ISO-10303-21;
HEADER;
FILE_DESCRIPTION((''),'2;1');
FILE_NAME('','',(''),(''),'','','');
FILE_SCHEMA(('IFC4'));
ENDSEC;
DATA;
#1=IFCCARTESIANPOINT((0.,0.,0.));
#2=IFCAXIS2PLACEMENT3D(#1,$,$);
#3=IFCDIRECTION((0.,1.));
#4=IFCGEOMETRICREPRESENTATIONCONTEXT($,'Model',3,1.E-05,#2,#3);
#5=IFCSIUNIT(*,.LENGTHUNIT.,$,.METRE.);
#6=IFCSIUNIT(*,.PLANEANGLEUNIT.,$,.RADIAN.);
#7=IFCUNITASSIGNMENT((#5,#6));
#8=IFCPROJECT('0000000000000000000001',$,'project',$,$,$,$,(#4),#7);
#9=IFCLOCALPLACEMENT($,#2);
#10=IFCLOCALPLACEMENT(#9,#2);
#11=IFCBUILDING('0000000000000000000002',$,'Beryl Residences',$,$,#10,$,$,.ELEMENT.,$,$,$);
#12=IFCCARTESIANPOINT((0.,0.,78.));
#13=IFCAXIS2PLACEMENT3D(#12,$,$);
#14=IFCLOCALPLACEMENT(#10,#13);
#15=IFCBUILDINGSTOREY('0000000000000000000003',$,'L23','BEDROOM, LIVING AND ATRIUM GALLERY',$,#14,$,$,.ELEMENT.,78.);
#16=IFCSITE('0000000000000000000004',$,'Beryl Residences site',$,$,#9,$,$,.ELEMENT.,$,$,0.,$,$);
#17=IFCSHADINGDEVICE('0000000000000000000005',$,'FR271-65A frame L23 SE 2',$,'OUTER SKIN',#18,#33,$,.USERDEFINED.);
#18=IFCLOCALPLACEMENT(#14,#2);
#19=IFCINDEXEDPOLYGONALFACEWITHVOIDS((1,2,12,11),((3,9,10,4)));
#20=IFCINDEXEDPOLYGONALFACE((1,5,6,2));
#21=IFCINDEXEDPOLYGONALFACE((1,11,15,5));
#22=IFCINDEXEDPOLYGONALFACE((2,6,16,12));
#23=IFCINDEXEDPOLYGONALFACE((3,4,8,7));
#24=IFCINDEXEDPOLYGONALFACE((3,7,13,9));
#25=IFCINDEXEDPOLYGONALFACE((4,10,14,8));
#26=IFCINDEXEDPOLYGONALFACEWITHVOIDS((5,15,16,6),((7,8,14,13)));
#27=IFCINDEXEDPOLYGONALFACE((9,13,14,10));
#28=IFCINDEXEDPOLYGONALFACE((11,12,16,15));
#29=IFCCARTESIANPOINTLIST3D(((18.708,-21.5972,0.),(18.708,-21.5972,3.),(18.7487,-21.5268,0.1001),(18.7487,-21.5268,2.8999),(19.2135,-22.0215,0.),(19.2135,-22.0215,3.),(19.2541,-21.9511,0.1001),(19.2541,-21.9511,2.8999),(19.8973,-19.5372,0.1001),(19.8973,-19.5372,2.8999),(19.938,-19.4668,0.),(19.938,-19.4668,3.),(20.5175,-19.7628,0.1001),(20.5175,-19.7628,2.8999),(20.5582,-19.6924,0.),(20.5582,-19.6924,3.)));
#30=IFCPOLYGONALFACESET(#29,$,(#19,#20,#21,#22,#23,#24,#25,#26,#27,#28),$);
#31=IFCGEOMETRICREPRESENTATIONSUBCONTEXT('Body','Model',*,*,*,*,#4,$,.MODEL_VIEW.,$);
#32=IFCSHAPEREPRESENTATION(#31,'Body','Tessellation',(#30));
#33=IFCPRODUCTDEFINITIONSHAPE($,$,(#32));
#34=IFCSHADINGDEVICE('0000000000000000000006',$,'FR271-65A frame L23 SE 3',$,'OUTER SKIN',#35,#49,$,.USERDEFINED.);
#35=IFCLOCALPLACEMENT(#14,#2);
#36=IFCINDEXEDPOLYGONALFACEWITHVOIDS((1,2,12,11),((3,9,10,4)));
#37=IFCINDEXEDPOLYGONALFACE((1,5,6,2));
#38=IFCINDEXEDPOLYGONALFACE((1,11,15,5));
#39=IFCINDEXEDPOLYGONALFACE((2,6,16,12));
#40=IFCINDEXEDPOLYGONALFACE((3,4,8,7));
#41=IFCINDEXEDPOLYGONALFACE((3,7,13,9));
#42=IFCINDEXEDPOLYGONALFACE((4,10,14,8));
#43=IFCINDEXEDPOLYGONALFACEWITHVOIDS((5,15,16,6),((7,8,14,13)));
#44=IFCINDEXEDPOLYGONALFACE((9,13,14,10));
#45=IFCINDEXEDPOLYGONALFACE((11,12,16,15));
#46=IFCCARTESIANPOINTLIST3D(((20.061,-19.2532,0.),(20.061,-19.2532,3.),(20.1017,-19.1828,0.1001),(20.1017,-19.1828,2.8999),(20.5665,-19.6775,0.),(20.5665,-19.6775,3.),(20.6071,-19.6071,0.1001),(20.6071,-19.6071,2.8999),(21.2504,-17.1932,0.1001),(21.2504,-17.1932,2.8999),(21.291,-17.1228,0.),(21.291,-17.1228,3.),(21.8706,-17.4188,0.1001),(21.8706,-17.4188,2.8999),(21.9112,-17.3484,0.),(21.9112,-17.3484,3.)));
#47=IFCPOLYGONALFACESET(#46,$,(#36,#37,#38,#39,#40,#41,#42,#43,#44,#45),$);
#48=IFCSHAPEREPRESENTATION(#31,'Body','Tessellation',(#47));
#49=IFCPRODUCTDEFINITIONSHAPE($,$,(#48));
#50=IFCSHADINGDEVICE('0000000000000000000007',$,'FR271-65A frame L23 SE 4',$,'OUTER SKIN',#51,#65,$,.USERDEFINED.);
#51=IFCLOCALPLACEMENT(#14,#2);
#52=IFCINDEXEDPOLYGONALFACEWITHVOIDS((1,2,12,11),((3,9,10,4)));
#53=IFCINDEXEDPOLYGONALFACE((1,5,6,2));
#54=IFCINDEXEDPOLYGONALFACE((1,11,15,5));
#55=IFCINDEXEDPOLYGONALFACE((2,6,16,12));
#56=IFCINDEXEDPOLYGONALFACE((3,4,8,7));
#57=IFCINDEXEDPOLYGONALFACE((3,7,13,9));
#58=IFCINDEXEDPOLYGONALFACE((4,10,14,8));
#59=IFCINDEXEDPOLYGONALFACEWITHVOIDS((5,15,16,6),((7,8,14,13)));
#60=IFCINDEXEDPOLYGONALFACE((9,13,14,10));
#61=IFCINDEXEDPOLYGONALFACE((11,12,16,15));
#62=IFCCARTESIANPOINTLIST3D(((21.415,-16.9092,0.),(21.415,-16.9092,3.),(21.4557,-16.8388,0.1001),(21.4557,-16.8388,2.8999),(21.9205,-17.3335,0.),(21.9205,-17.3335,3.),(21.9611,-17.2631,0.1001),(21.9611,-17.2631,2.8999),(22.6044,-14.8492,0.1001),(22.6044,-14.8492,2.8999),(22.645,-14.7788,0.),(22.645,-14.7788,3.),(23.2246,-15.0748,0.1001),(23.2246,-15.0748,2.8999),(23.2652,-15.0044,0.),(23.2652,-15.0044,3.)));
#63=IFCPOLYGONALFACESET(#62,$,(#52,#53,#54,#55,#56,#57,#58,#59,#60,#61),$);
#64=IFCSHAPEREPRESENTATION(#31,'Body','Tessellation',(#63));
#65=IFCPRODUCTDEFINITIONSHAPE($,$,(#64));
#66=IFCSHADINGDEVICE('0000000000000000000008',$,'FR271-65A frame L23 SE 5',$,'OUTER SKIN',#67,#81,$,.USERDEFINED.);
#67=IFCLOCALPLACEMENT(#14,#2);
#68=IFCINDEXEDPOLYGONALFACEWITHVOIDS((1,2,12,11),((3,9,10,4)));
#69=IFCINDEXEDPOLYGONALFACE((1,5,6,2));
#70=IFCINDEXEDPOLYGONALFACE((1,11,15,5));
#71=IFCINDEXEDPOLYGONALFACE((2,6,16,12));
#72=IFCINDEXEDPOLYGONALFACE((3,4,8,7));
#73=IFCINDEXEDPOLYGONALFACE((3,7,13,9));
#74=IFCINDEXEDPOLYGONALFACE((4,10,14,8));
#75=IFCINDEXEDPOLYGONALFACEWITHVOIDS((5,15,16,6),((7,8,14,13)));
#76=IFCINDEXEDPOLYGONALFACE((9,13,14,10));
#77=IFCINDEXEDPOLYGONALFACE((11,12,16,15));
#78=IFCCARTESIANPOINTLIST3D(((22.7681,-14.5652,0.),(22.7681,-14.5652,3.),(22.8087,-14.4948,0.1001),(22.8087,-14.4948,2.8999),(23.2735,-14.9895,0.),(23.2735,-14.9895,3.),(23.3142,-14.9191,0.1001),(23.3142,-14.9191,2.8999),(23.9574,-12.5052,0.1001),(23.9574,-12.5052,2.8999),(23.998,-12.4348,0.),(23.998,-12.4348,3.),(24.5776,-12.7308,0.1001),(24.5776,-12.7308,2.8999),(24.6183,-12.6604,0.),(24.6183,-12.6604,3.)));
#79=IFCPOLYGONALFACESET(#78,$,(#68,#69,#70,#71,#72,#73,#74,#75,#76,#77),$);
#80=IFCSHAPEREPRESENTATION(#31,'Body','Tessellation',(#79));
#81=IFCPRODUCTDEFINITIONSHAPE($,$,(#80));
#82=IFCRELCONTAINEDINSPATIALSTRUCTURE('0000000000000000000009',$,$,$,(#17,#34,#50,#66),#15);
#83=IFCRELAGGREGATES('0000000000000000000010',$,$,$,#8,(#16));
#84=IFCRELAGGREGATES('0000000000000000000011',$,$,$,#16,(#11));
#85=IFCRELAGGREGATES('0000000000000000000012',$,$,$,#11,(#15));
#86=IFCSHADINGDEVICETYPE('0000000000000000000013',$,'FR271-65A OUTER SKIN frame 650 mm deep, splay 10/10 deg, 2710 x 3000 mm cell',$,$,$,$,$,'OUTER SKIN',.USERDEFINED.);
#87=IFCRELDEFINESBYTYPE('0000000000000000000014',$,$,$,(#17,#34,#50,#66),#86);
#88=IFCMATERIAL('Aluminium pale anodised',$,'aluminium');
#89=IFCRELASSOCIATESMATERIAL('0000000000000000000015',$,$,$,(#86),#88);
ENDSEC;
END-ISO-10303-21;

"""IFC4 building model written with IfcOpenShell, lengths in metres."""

from ifc_helpers import new_model, entity, si_unit, direction, frame, origin, place, context, subcontext, project, spatial, source, transform, mapped, material, type_object, type_shapes, element, save


model = new_model("IFC4")

# Units and contexts
model_context = context("Model", 3, precision=1e-05, world=origin(), true_north=direction((0.0, 1.0)))
body_context = subcontext(model_context, "Body", "Model", "MODEL_VIEW")
ifc_project = project(units=[si_unit("LENGTHUNIT", "METRE"), si_unit("PLANEANGLEUNIT", "RADIAN")], contexts=[model_context])

# Site, building, storey
site_placement = place(None, origin())
site = spatial("IfcSite", under=ifc_project, at=site_placement, Name="Beryl Residences site", CompositionType="ELEMENT", RefElevation=0.0)
building_placement = place(site_placement, origin())
building = spatial("IfcBuilding", under=site, at=building_placement, Name="Beryl Residences", CompositionType="ELEMENT")
storey_placement = place(building_placement, frame((0.0, 0.0, 78.0)))
storey = spatial("IfcBuildingStorey", under=building, at=storey_placement, Name="L23", Description="BEDROOM, LIVING AND ATRIUM GALLERY", CompositionType="ELEMENT", Elevation=78.0)

# Shading devices
ifc_material_1 = material(Name="Aluminium pale anodised", Category="aluminium")
shading_device_type_1 = type_object("IfcShadingDeviceType", Name="FR271-65A OUTER SKIN frame 650 mm deep, splay 10/10 deg, 2710 x 3000 mm cell", ElementType="OUTER SKIN", PredefinedType="USERDEFINED", material=ifc_material_1)
cartesian_point_1 = entity("IfcCartesianPoint", [-1.23, 0.0])
cartesian_point_2 = entity("IfcCartesianPoint", [-1.1487, 0.1001])
cartesian_point_3 = entity("IfcCartesianPoint", [-1.3447, 0.0])
cartesian_point_4 = entity("IfcCartesianPoint", [-1.2634, 0.1001])
shared_shape_1 = source(origin(), body_context, "Body", "SweptSolid", [
    entity("IfcExtrudedAreaSolidTapered", entity("IfcArbitraryProfileDefWithVoids", "AREA", None, entity("IfcPolyline", [cartesian_point_1, entity("IfcCartesianPoint", [1.23, 0.0]), entity("IfcCartesianPoint", [1.23, 3.0]), entity("IfcCartesianPoint", [-1.23, 3.0]), cartesian_point_1]), [entity("IfcPolyline", [cartesian_point_2, entity("IfcCartesianPoint", [1.1487, 0.1001]), entity("IfcCartesianPoint", [1.1487, 2.8999]), entity("IfcCartesianPoint", [-1.1487, 2.8999]), cartesian_point_2])]), entity("IfcAxis2Placement3D", entity("IfcCartesianPoint", [0.0, 0.0, 0.0]), entity("IfcDirection", [0.0, 1.0, 0.0]), entity("IfcDirection", [-1.0, 0.0, 0.0])), entity("IfcDirection", [0.0, 0.0, 1.0]), 0.6499, entity("IfcArbitraryProfileDefWithVoids", "AREA", None, entity("IfcPolyline", [cartesian_point_3, entity("IfcCartesianPoint", [1.3447, 0.0]), entity("IfcCartesianPoint", [1.3447, 3.0]), entity("IfcCartesianPoint", [-1.3447, 3.0]), cartesian_point_3]), [entity("IfcPolyline", [cartesian_point_4, entity("IfcCartesianPoint", [1.2634, 0.1001]), entity("IfcCartesianPoint", [1.2634, 2.8999]), entity("IfcCartesianPoint", [-1.2634, 2.8999]), cartesian_point_4])])),
])
type_shapes(shading_device_type_1, [shared_shape_1])
for number, where, z_axis, x_axis, name in (
    (1, (19.323, -20.532, 0.0), (0.0, 0.0, 1.0), (-0.5, -0.866025, 0.0), "FR271-65A frame L23 SE 2"),
    (2, (20.676, -18.188, 0.0), (0.0, 0.0, 1.0), (-0.5, -0.866025, 0.0), "FR271-65A frame L23 SE 3"),
    (3, (22.03, -15.844, 0.0), (0.0, 0.0, 1.0), (-0.5, -0.866025, 0.0), "FR271-65A frame L23 SE 4"),
    (4, (23.3831, -13.5, 0.0), (0.0, 0.0, 1.0), (-0.5, -0.866025, 0.0), "FR271-65A frame L23 SE 5"),
):
    element("IfcShadingDevice", number, at=place(storey_placement, frame(where, z_axis=z_axis, x_axis=x_axis)), inside=storey, type_object=shading_device_type_1, Name=name, ObjectType="OUTER SKIN", PredefinedType="USERDEFINED", context=body_context, shape_type="MappedRepresentation", body=[
        mapped(shared_shape_1, transform((0.0, 0.0, 0.0))),
    ])

save(model, "model.ifc")
